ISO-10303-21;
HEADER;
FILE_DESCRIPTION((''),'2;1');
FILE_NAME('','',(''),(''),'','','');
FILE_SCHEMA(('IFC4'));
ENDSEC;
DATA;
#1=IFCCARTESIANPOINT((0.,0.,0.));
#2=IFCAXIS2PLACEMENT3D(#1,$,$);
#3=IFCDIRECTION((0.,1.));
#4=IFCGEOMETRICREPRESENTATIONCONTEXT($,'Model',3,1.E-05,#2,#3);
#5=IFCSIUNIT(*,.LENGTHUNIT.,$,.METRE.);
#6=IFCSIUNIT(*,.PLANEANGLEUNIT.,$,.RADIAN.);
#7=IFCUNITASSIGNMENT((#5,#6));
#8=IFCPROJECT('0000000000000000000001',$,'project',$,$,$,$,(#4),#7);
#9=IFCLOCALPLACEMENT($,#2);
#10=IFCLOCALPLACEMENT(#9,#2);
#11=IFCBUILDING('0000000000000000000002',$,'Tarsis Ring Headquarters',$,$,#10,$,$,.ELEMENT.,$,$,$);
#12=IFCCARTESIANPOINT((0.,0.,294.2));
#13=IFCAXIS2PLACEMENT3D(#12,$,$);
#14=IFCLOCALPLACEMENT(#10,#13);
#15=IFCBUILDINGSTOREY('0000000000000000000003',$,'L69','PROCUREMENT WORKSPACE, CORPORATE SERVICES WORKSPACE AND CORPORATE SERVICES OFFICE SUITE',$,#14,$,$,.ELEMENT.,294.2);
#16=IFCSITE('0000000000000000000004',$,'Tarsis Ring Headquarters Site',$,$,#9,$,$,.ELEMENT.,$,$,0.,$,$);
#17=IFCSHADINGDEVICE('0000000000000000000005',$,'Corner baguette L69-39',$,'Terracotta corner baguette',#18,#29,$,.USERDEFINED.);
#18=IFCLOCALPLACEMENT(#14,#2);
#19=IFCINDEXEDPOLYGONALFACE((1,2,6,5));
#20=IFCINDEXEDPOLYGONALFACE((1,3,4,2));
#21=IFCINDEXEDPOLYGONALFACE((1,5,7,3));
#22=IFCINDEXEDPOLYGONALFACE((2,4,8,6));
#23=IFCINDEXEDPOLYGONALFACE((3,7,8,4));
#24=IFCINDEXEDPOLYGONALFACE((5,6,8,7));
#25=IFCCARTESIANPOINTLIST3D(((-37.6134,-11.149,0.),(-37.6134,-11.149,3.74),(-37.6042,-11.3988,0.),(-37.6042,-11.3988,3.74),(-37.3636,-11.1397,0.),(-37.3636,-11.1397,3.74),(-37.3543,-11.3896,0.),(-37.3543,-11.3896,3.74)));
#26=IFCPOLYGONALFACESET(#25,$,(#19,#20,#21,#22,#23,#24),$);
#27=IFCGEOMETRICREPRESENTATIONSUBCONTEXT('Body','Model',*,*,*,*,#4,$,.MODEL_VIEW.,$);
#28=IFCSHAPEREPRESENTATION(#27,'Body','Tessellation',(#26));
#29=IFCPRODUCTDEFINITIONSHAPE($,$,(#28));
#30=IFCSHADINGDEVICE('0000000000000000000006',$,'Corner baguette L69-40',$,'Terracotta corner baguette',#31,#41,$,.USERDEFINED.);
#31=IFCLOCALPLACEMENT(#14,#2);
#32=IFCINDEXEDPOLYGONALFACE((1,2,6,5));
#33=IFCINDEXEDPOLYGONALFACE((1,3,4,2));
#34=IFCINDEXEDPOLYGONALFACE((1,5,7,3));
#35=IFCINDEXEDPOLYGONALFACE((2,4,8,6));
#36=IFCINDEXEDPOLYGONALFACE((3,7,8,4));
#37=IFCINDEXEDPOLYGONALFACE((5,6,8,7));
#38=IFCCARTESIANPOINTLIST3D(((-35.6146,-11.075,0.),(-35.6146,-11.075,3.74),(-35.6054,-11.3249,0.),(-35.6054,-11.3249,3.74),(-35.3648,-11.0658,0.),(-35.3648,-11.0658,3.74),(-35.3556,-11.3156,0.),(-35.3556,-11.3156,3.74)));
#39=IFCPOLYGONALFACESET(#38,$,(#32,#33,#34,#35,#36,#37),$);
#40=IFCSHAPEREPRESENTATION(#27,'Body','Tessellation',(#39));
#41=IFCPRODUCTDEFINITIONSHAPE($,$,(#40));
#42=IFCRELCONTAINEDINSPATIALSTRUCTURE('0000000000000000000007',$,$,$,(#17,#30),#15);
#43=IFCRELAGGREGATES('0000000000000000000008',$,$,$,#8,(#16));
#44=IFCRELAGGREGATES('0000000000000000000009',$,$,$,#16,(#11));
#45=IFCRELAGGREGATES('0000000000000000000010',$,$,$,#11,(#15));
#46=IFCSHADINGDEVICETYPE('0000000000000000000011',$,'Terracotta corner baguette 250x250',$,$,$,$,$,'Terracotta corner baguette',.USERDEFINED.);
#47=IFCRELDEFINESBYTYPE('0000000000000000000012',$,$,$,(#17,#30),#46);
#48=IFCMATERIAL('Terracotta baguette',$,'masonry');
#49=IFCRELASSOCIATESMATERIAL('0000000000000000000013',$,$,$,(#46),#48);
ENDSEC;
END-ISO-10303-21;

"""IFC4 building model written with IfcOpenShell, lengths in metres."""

from ifc_helpers import new_model, si_unit, direction, frame, origin, origin_2d, place, context, subcontext, project, spatial, rectangle, extrude, material, type_object, element, save


model = new_model("IFC4")

# Units and contexts
model_context = context("Model", 3, precision=1e-05, world=origin(), true_north=direction((0.0, 1.0)))
body_context = subcontext(model_context, "Body", "Model", "MODEL_VIEW")
ifc_project = project(units=[si_unit("LENGTHUNIT", "METRE"), si_unit("PLANEANGLEUNIT", "RADIAN")], contexts=[model_context])

# Site, building, storey
site_placement = place(None, origin())
site = spatial("IfcSite", under=ifc_project, at=site_placement, Name="Tarsis Ring Headquarters Site", CompositionType="ELEMENT", RefElevation=0.0)
building_placement = place(site_placement, origin())
building = spatial("IfcBuilding", under=site, at=building_placement, Name="Tarsis Ring Headquarters", CompositionType="ELEMENT")
storey_placement = place(building_placement, frame((0.0, 0.0, 294.2)))
storey = spatial("IfcBuildingStorey", under=building, at=storey_placement, Name="L69", Description="PROCUREMENT WORKSPACE, CORPORATE SERVICES WORKSPACE AND CORPORATE SERVICES OFFICE SUITE", CompositionType="ELEMENT", Elevation=294.2)

# Shading devices
ifc_material_1 = material(Name="Terracotta baguette", Category="masonry")
shading_device_type_1 = type_object("IfcShadingDeviceType", Name="Terracotta corner baguette 250x250", ElementType="Terracotta corner baguette", PredefinedType="USERDEFINED", material=ifc_material_1)
for number, where, z_axis, x_axis, name in (
    (1, (-37.4839, -11.2693, 0.0), (0.0, 0.0, 1.0), (0.036992, -0.999316, 0.0), "Corner baguette L69-39"),
    (2, (-35.4851, -11.1953, 0.0), (0.0, 0.0, 1.0), (0.999316, 0.036992, 0.0), "Corner baguette L69-40"),
):
    element("IfcShadingDevice", number, at=place(storey_placement, frame(where, z_axis=z_axis, x_axis=x_axis)), inside=storey, type_object=shading_device_type_1, Name=name, ObjectType="Terracotta corner baguette", PredefinedType="USERDEFINED", context=body_context, shape_type="SweptSolid", body=[
        extrude(rectangle(XDim=0.25, YDim=0.25, at=origin_2d()), origin(), (0.0, 0.0, 1.0), 3.74),
    ])

save(model, "model.ifc")
